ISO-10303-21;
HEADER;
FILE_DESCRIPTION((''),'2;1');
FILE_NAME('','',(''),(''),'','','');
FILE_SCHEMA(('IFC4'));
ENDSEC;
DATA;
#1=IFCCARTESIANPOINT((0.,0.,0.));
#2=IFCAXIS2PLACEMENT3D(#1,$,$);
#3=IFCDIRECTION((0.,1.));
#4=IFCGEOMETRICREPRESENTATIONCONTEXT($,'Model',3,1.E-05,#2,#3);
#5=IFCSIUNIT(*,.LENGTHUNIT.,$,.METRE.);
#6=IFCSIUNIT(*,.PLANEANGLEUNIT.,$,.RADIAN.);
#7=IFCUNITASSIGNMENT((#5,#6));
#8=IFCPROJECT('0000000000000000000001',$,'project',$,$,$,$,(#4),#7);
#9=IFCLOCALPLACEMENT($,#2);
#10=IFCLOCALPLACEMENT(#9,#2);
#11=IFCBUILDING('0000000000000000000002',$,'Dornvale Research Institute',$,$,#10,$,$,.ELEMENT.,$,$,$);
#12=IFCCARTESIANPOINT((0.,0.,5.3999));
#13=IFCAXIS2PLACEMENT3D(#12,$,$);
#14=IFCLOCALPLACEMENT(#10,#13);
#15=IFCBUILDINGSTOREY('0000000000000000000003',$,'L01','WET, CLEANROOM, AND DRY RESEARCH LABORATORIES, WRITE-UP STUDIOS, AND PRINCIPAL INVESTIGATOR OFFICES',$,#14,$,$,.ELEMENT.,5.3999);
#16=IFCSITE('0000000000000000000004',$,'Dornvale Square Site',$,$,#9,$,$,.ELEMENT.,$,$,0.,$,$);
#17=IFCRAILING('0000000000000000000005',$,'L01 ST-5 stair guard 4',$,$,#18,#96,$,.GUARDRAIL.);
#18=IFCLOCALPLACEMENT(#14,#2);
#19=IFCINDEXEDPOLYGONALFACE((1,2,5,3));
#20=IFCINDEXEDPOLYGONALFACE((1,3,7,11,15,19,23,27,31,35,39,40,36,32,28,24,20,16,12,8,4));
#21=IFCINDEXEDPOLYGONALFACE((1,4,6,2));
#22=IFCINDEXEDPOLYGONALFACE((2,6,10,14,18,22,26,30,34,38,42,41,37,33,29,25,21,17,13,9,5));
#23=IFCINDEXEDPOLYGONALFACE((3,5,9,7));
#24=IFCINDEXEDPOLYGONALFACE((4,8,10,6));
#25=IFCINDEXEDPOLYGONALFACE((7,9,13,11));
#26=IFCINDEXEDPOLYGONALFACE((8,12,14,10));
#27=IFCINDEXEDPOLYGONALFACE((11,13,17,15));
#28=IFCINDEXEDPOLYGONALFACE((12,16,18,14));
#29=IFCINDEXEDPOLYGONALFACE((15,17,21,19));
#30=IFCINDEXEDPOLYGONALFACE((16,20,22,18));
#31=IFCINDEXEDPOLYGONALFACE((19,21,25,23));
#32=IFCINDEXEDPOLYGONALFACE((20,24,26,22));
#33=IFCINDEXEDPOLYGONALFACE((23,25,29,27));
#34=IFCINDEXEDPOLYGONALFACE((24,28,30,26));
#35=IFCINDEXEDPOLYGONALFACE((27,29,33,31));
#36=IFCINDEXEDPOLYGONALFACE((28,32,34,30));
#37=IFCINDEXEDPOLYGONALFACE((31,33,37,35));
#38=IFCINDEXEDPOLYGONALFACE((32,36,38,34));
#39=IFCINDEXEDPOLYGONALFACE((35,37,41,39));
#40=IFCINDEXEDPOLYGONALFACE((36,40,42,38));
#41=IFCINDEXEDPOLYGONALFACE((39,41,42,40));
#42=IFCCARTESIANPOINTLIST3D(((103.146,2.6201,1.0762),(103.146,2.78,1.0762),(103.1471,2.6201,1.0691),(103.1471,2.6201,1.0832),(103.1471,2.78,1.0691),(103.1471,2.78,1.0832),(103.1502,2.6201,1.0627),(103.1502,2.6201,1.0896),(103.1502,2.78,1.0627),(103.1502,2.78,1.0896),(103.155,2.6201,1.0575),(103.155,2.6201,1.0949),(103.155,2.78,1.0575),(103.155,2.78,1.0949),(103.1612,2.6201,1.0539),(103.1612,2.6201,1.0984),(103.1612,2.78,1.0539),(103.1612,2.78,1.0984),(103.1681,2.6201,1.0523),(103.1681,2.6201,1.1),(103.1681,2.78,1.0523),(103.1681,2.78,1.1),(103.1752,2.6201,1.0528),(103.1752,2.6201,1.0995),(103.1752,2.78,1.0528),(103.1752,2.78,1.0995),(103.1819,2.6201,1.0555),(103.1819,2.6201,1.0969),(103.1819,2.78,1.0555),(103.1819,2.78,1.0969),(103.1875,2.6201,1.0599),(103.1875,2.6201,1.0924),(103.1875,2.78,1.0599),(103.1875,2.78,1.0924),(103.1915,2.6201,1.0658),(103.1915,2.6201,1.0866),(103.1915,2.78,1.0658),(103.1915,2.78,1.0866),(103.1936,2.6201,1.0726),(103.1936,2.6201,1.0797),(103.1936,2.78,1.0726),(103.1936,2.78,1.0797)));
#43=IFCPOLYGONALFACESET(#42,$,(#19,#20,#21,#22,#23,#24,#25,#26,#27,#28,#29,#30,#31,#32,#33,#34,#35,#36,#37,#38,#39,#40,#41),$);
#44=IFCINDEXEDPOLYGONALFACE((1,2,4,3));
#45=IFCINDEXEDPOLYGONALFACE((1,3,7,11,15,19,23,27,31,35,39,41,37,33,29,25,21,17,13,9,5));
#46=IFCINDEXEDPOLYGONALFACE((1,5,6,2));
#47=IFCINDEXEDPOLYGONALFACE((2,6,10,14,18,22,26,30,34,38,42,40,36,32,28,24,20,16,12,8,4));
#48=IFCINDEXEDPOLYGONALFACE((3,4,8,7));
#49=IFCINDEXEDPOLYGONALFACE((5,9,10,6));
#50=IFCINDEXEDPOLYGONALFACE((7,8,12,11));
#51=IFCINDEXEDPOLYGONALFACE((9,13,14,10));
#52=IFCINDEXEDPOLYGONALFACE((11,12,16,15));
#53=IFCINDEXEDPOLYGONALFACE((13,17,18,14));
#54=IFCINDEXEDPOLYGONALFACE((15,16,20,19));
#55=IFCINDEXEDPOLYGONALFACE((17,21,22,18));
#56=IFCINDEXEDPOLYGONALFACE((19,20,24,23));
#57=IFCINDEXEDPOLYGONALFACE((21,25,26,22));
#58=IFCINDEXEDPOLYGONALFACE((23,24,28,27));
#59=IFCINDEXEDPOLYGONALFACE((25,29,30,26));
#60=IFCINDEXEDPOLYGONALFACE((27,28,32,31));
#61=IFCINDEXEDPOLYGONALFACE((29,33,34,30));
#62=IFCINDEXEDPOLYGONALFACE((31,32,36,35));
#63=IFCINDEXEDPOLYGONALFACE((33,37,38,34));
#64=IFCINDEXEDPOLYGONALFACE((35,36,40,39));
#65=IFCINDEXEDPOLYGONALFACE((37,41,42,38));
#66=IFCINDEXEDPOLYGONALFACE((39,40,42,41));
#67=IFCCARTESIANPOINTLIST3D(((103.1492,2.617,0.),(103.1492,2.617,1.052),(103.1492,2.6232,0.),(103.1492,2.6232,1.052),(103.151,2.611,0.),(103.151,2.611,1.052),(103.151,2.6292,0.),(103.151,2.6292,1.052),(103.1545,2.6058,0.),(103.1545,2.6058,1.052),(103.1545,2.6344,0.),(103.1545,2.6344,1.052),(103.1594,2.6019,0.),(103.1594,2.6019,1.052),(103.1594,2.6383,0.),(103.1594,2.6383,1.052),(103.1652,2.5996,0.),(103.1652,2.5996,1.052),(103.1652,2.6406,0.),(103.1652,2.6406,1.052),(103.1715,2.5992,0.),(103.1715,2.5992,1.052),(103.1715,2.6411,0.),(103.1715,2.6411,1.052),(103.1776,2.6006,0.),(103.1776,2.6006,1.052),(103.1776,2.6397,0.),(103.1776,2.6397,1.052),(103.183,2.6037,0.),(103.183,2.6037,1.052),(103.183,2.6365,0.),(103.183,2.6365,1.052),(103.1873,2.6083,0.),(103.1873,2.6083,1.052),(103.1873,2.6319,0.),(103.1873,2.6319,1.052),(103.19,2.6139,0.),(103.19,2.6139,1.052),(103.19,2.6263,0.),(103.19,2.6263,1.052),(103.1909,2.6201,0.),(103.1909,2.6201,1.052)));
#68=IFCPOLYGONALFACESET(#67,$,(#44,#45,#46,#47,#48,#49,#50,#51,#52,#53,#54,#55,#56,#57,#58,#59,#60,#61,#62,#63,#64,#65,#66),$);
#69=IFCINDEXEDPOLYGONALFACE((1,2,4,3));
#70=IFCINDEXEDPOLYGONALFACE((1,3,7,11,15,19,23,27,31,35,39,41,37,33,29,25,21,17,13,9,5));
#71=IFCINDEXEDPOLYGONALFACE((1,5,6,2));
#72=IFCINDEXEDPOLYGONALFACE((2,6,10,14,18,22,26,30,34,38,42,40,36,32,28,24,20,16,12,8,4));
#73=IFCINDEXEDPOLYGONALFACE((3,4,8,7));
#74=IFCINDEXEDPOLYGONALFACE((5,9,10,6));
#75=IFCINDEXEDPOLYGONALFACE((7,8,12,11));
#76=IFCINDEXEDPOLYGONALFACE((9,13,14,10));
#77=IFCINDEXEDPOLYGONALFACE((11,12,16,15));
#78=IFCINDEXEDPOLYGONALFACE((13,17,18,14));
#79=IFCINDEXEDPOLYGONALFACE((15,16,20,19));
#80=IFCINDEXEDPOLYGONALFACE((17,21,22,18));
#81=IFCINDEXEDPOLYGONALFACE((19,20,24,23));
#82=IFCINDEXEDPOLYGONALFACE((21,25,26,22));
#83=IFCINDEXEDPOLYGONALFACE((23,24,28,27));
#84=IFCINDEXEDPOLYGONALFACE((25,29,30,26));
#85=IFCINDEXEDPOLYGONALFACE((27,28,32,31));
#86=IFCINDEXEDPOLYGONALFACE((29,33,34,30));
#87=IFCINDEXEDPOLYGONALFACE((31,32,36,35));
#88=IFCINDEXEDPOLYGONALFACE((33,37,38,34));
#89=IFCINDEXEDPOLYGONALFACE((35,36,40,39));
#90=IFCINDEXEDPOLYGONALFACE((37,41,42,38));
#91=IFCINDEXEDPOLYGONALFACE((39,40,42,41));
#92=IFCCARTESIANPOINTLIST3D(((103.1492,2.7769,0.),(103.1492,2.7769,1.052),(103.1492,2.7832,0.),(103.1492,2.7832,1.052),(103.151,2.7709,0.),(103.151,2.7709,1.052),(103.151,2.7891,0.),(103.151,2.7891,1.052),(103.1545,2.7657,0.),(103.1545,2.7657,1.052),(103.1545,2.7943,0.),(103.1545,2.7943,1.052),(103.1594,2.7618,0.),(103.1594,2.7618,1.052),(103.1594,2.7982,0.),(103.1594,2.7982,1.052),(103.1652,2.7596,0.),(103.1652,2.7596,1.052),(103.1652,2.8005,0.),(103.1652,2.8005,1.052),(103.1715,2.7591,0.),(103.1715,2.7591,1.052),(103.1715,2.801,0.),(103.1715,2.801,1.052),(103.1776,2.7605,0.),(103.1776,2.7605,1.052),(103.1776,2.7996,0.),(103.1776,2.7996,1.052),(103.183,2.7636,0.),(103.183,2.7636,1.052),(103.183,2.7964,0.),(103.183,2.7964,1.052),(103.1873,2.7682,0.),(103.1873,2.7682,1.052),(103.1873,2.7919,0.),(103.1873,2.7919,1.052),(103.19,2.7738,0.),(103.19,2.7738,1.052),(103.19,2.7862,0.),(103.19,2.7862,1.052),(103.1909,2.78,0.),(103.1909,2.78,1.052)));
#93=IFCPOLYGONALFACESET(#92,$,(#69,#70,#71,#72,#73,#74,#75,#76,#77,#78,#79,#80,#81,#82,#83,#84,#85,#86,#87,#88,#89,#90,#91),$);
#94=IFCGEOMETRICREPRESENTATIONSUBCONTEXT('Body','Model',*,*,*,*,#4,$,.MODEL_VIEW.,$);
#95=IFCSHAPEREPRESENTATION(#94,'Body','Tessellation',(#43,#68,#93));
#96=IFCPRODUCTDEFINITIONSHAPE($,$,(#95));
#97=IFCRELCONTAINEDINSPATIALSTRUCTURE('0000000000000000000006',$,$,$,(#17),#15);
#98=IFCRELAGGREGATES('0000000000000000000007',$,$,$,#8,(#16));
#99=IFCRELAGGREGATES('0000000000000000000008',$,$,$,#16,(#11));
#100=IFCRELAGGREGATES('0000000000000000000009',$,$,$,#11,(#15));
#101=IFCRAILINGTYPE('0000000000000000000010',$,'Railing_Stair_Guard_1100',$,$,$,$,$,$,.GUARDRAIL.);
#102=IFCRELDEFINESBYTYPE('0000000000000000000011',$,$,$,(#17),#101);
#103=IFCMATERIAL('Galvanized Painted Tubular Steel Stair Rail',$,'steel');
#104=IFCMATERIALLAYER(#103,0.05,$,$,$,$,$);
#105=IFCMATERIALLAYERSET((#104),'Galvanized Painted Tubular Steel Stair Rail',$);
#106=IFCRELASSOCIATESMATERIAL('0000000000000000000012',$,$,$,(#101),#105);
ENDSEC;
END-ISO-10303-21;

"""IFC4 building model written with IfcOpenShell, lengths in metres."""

from ifc_helpers import new_model, si_unit, direction, frame, origin, origin_2d, place, context, subcontext, project, spatial, circle, extrude, material, layer, layer_set, type_object, element, save


model = new_model("IFC4")

# Units and contexts
model_context = context("Model", 3, precision=1e-05, world=origin(), true_north=direction((0.0, 1.0)))
body_context = subcontext(model_context, "Body", "Model", "MODEL_VIEW")
ifc_project = project(units=[si_unit("LENGTHUNIT", "METRE"), si_unit("PLANEANGLEUNIT", "RADIAN")], contexts=[model_context])

# Site, building, storey
site_placement = place(None, origin())
site = spatial("IfcSite", under=ifc_project, at=site_placement, Name="Dornvale Square Site", CompositionType="ELEMENT", RefElevation=0.0)
building_placement = place(site_placement, origin())
building = spatial("IfcBuilding", under=site, at=building_placement, Name="Dornvale Research Institute", CompositionType="ELEMENT")
storey_placement = place(building_placement, frame((0.0, 0.0, 5.3999)))
storey = spatial("IfcBuildingStorey", under=building, at=storey_placement, Name="L01", Description="WET, CLEANROOM, AND DRY RESEARCH LABORATORIES, WRITE-UP STUDIOS, AND PRINCIPAL INVESTIGATOR OFFICES", CompositionType="ELEMENT", Elevation=5.3999)

# Railing
ifc_material_1 = material(Name="Galvanized Painted Tubular Steel Stair Rail", Category="steel")
ifc_layer_1 = layer(ifc_material_1, 0.05)
ifc_layer_set_1 = layer_set([ifc_layer_1], Name="Galvanized Painted Tubular Steel Stair Rail")
railing_type_1 = type_object("IfcRailingType", Name="Railing_Stair_Guard_1100", PredefinedType="GUARDRAIL", material=ifc_layer_set_1)
railing_1_placement = place(storey_placement, frame((103.1699, 2.6201, 0.0)))
element("IfcRailing", 1, at=railing_1_placement, inside=storey, type_object=railing_type_1, Name="L01 ST-5 stair guard 4", PredefinedType="GUARDRAIL", context=body_context, shape_type="SweptSolid", body=[
    extrude(circle(Radius=0.0239, at=origin_2d()), frame((0.0, 0.0, 1.0762), z_axis=(0.0, 1.0, 0.0), x_axis=(-1.0, 0.0, 0.0)), (0.0, 0.0, 1.0), 0.1599),
    extrude(circle(Radius=0.021, at=origin_2d()), origin(), (0.0, 0.0, 1.0), 1.052),
    extrude(circle(Radius=0.021, at=origin_2d()), frame((0.0, 0.1599, 0.0)), (0.0, 0.0, 1.0), 1.052),
])

save(model, "model.ifc")
